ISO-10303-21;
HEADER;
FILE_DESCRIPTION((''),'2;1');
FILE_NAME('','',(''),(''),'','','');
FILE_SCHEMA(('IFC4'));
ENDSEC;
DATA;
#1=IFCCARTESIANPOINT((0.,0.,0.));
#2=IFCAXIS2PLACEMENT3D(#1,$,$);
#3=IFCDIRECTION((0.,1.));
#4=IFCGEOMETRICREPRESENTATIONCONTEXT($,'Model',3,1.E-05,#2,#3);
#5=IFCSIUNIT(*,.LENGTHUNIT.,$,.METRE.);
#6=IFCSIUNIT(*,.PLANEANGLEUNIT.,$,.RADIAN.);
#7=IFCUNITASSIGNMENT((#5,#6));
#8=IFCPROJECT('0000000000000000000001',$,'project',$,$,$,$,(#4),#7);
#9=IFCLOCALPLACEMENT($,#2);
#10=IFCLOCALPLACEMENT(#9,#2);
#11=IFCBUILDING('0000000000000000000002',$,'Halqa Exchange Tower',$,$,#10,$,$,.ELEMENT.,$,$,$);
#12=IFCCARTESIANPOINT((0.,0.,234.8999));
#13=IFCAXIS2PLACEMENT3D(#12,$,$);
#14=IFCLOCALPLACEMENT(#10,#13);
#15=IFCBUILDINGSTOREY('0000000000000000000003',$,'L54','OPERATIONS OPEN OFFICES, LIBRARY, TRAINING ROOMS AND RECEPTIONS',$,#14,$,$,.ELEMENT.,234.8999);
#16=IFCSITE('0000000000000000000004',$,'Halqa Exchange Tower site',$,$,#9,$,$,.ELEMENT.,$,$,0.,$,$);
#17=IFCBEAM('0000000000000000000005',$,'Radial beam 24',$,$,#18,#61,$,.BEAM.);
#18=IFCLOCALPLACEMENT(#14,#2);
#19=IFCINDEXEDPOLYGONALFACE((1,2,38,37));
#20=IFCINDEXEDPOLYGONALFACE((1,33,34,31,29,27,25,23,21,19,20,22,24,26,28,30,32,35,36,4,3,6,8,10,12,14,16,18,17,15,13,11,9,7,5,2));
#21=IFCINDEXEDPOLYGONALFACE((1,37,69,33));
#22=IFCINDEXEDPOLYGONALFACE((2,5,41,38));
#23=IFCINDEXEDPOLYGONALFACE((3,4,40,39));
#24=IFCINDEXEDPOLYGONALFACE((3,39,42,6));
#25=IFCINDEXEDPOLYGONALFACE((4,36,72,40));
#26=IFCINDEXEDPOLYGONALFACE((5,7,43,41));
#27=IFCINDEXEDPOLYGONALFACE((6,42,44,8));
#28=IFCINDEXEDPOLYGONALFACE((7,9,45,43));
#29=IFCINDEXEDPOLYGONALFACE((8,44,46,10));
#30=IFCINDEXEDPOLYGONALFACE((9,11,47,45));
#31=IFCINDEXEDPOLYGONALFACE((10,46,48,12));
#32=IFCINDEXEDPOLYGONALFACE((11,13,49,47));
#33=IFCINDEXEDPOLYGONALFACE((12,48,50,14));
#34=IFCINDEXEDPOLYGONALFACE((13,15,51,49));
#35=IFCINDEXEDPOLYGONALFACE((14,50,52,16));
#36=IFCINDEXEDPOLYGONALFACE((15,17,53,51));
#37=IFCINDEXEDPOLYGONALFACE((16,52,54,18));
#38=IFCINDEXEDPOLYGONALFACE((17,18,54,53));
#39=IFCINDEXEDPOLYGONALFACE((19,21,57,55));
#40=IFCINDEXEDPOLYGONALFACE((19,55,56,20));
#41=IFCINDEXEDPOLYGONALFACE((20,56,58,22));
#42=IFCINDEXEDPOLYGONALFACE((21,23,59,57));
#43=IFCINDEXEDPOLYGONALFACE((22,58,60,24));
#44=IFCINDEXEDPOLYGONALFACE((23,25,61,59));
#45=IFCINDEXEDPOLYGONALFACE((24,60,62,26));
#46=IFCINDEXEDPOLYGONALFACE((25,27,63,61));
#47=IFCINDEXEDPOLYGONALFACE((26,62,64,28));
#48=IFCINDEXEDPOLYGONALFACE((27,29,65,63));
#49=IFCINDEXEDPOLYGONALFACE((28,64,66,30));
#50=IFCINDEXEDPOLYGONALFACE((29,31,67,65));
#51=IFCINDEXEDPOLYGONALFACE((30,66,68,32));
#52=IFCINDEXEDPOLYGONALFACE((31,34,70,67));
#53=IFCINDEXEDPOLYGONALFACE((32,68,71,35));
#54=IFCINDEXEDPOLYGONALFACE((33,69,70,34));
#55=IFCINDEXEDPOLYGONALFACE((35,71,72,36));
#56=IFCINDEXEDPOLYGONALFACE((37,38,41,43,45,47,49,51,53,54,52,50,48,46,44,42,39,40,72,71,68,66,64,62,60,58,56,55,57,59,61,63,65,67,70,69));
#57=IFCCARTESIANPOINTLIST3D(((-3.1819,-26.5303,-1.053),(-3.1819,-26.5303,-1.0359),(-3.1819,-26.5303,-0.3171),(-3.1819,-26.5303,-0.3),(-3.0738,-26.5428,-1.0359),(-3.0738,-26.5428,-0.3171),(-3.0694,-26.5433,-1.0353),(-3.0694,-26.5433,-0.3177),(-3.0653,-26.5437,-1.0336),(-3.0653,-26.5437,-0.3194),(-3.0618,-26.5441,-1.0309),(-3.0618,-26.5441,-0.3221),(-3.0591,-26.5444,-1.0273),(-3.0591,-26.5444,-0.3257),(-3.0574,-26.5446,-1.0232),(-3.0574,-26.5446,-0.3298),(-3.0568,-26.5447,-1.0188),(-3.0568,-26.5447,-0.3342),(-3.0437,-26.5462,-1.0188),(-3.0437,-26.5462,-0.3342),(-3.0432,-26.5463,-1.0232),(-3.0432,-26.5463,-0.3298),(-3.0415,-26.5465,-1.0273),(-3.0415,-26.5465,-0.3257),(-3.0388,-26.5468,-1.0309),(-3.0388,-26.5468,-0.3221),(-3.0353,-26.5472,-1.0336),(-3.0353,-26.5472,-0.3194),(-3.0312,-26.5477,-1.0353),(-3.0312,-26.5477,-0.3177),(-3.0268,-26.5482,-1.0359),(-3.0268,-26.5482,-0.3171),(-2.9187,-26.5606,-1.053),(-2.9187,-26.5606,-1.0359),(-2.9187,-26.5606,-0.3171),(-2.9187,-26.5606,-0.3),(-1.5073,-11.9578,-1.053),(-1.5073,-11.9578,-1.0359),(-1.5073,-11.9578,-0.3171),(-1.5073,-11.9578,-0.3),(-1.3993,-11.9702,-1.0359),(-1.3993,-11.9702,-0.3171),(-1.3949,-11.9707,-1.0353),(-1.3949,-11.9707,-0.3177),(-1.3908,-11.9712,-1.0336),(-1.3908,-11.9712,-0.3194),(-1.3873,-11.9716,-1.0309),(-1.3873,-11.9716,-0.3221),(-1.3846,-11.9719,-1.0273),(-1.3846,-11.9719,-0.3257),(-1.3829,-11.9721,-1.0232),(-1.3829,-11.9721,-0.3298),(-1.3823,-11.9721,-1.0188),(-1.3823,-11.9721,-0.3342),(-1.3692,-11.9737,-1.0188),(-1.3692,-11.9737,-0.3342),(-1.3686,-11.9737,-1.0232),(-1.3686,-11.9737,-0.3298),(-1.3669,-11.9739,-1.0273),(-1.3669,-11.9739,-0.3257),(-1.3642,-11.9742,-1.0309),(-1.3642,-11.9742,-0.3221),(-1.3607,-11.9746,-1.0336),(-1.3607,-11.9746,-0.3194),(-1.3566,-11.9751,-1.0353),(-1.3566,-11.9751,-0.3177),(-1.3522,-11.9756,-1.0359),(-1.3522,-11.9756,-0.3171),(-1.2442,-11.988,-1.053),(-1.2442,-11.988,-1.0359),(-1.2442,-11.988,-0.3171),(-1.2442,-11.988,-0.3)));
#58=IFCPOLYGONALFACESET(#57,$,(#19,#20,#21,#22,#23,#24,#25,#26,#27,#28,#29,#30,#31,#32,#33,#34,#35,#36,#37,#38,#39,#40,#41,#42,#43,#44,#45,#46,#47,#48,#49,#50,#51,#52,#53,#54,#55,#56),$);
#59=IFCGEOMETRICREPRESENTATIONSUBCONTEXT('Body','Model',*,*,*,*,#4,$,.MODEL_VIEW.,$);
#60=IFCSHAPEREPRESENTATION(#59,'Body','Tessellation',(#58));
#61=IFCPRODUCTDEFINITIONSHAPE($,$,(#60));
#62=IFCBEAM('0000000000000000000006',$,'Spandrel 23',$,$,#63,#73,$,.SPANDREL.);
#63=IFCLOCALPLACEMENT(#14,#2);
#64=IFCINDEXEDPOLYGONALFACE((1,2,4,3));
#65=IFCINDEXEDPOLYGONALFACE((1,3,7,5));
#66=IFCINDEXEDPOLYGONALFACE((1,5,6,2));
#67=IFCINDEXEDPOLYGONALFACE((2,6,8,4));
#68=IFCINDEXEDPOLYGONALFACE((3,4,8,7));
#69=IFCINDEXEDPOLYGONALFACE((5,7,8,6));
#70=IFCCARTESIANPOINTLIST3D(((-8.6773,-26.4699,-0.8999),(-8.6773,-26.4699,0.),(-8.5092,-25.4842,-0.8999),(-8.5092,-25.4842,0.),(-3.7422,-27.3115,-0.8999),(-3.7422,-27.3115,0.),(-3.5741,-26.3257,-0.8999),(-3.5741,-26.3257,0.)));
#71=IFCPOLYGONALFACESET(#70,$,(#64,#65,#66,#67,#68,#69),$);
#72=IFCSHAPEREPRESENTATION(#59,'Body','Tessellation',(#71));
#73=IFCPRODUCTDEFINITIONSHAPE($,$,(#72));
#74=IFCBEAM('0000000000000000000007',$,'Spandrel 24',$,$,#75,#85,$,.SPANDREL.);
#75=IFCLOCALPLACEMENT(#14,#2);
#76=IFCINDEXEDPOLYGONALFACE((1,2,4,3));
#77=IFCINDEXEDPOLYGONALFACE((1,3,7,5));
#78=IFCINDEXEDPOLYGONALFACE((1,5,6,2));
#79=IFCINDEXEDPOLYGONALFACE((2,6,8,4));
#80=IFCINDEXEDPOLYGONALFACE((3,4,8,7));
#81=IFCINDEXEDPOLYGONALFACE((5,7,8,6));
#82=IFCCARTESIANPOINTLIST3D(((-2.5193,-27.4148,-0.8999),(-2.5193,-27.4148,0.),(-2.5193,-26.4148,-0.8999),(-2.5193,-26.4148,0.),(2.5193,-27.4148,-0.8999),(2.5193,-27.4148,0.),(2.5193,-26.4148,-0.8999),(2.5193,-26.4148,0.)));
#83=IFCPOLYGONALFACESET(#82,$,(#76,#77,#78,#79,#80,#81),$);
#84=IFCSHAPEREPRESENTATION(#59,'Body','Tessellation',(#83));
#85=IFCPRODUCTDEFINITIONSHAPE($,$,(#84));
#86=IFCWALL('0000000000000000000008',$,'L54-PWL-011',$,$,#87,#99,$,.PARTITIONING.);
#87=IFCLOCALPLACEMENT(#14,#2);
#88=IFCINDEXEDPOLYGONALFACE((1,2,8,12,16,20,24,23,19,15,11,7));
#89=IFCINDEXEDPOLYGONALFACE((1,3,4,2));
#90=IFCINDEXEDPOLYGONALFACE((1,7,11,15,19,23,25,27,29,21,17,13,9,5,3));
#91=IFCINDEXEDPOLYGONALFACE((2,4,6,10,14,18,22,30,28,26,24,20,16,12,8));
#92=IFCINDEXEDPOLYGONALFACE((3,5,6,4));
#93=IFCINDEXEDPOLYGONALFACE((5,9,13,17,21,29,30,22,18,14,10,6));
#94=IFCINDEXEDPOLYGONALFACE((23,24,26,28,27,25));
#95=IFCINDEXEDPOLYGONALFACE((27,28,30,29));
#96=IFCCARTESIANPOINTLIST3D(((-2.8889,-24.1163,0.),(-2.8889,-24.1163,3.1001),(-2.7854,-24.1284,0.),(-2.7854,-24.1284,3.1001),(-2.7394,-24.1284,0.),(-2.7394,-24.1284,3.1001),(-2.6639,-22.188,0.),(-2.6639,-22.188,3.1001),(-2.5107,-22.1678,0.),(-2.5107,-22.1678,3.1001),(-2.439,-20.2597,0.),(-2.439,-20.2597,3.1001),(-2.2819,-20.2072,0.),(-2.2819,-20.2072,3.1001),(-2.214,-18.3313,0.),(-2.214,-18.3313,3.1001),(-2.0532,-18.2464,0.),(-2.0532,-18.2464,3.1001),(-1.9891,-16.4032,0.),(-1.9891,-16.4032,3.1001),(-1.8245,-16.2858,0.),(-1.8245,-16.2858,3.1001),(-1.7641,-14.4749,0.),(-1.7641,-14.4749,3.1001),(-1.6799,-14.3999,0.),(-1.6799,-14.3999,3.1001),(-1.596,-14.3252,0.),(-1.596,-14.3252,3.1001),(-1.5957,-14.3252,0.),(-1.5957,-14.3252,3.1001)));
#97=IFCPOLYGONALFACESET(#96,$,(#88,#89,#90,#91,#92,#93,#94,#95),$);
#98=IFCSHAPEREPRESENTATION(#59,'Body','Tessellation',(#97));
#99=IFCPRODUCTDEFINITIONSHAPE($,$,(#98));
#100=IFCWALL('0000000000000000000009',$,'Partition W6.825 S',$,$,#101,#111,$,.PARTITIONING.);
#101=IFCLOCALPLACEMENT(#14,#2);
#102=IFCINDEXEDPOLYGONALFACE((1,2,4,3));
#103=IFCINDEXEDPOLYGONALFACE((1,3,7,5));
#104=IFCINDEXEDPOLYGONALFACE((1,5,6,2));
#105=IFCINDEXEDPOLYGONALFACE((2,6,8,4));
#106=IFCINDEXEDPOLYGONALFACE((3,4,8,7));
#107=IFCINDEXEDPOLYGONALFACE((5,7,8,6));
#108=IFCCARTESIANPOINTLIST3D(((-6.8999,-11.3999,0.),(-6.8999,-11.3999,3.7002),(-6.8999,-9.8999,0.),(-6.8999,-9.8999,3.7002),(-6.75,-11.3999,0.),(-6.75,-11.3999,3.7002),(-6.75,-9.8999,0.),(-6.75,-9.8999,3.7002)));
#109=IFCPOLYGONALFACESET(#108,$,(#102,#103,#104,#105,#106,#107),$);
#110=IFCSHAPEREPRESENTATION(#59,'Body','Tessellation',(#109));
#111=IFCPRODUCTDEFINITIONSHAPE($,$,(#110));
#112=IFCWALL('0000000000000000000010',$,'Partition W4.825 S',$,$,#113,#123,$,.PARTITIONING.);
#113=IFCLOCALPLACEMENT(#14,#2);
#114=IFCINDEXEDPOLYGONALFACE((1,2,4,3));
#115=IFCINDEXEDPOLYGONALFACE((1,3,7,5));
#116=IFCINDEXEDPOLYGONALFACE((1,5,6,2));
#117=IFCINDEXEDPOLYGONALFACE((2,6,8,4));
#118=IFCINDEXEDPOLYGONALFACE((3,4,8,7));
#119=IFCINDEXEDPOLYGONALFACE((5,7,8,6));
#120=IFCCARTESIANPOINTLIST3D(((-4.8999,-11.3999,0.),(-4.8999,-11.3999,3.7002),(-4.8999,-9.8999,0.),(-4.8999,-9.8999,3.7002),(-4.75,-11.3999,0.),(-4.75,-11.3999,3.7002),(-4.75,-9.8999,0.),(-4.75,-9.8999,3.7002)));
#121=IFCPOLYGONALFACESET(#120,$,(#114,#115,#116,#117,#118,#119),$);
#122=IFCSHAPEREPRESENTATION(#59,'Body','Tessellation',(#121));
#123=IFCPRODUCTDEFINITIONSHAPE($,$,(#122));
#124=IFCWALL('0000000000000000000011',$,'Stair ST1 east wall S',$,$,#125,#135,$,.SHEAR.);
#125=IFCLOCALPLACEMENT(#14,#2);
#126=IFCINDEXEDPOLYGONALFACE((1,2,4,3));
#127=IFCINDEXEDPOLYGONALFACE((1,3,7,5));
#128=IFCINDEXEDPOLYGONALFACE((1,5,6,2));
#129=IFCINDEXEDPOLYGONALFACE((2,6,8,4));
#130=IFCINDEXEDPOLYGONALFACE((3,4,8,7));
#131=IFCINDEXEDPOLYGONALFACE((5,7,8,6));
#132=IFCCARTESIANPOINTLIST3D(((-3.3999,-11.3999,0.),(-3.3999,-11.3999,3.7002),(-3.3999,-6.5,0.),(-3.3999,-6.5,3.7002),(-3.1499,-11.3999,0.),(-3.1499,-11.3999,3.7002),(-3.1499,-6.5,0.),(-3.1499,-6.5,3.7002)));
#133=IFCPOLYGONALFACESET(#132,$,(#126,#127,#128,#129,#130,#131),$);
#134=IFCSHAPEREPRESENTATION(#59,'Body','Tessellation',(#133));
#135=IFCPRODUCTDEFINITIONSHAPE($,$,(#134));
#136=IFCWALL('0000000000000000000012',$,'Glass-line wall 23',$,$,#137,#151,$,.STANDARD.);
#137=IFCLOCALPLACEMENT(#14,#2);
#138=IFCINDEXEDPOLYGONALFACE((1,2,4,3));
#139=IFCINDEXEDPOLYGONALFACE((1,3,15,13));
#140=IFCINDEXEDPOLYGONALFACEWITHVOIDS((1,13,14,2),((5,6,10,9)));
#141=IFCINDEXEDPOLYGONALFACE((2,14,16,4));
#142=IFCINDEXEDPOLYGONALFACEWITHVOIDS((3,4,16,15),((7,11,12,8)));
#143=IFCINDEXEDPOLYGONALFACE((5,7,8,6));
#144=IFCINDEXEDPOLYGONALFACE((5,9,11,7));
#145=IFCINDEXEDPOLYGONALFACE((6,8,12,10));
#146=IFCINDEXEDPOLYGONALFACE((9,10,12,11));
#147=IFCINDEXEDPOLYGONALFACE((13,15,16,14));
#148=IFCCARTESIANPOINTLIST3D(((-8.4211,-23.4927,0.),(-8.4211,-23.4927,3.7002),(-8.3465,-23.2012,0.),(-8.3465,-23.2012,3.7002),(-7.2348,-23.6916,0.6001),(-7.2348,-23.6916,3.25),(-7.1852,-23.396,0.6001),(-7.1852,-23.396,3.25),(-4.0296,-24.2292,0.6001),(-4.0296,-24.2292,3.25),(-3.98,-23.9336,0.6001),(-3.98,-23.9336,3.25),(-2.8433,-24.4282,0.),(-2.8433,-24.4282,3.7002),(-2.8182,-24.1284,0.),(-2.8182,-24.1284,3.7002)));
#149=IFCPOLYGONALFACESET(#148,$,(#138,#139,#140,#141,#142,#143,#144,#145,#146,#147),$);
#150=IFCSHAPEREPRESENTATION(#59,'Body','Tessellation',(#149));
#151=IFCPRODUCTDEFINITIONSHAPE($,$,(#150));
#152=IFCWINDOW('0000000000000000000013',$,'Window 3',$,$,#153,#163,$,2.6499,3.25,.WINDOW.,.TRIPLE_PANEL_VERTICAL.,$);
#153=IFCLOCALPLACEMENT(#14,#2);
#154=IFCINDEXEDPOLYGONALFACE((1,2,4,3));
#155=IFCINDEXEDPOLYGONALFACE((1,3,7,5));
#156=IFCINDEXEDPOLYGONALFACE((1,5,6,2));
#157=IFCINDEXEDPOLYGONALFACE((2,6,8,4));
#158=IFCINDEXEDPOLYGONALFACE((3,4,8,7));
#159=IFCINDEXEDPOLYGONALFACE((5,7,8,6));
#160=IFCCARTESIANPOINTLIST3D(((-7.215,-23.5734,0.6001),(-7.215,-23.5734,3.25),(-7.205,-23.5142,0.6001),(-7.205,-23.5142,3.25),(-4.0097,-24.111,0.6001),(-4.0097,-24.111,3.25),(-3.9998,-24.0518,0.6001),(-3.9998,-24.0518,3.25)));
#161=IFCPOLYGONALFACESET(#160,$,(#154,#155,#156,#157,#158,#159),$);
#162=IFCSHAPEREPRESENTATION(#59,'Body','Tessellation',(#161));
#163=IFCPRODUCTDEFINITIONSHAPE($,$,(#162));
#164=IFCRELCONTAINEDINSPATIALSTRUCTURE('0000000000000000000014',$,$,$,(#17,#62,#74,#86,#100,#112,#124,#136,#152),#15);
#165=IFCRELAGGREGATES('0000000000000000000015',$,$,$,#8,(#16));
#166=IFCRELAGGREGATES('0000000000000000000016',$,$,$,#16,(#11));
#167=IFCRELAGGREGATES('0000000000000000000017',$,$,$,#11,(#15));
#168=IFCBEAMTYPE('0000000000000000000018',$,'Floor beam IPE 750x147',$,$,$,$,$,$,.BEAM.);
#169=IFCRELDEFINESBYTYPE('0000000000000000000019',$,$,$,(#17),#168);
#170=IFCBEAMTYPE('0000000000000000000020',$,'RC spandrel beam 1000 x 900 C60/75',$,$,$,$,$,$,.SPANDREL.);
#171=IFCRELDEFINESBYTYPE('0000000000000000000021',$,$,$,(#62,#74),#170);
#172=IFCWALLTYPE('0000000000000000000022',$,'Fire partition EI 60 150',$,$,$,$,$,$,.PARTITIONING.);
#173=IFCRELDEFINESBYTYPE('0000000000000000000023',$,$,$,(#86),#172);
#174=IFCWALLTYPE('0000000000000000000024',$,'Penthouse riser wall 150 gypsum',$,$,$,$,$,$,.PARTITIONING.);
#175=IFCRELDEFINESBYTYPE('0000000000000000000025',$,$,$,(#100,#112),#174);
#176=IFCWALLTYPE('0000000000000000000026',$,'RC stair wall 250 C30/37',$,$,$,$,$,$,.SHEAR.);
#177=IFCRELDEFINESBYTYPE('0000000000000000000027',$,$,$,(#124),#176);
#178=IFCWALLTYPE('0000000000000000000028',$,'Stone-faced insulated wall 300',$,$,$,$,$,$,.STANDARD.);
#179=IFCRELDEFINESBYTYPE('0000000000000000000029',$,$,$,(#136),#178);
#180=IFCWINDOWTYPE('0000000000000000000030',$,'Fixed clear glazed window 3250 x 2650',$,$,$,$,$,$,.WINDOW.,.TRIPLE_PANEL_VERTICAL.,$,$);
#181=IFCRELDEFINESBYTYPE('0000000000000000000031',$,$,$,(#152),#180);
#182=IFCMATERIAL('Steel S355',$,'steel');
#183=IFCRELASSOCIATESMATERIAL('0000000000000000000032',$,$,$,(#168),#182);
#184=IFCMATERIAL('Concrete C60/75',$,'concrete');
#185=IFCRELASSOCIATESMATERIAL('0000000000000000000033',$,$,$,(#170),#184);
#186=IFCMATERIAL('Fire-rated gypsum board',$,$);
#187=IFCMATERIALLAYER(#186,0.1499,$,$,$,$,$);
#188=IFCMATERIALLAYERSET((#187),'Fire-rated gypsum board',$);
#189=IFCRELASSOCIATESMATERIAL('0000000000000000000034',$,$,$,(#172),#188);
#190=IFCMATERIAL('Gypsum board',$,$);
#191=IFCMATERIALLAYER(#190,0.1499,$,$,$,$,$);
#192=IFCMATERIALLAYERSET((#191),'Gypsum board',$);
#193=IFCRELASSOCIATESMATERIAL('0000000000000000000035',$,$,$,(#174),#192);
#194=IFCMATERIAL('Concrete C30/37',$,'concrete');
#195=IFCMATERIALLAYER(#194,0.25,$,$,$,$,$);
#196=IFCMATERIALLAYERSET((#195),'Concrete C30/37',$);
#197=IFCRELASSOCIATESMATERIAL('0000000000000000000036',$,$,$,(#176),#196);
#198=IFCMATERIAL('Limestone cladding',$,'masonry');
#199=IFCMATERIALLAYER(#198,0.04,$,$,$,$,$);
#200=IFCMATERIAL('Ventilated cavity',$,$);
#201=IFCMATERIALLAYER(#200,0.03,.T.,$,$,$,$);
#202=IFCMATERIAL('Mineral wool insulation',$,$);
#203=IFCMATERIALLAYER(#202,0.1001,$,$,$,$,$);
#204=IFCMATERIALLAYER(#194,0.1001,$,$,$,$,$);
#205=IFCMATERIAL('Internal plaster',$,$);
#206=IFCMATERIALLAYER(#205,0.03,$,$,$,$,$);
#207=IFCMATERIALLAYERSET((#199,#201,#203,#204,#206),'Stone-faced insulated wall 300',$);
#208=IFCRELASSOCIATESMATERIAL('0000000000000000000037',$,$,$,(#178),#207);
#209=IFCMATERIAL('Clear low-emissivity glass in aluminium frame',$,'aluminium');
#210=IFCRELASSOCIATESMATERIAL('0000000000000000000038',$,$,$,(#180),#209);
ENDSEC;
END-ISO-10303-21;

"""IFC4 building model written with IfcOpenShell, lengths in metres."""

from ifc_helpers import new_model, si_unit, direction, frame, frame_2d, origin, origin_2d, place, context, subcontext, project, spatial, polyline, rectangle, i_section, outline, extrude, material, layer, layer_set, material_profile, profile_set, type_object, element, fill, save


model = new_model("IFC4")

# Units and contexts
model_context = context("Model", 3, precision=1e-05, world=origin(), true_north=direction((0.0, 1.0)))
body_context = subcontext(model_context, "Body", "Model", "MODEL_VIEW")
ifc_project = project(units=[si_unit("LENGTHUNIT", "METRE"), si_unit("PLANEANGLEUNIT", "RADIAN")], contexts=[model_context])

# Site, building, storey
site_placement = place(None, origin())
site = spatial("IfcSite", under=ifc_project, at=site_placement, Name="Halqa Exchange Tower site", CompositionType="ELEMENT", RefElevation=0.0)
building_placement = place(site_placement, origin())
building = spatial("IfcBuilding", under=site, at=building_placement, Name="Halqa Exchange Tower", CompositionType="ELEMENT")
storey_placement = place(building_placement, frame((0.0, 0.0, 234.8999)))
storey = spatial("IfcBuildingStorey", under=building, at=storey_placement, Name="L54", Description="OPERATIONS OPEN OFFICES, LIBRARY, TRAINING ROOMS AND RECEPTIONS", CompositionType="ELEMENT", Elevation=234.8999)

# Shared definitions
ifc_material_1 = material(Name="Concrete C60/75", Category="concrete")

# Beams
ifc_material_2 = material(Name="Steel S355", Category="steel")
ifc_material_profile_1 = material_profile(ifc_material_2, i_section(OverallWidth=0.2649, OverallDepth=0.7529, WebThickness=0.0132, FlangeThickness=0.0171, FilletRadius=0.0171, at=origin_2d()), Name="IPE 750x147")
ifc_profile_set_1 = profile_set([ifc_material_profile_1], Name="Steel S355")
beam_type_1 = type_object("IfcBeamType", Name="Floor beam IPE 750x147", PredefinedType="BEAM", material=ifc_profile_set_1)
beam_1_placement = place(storey_placement, frame((-1.3757, -11.9729, -0.6765), z_axis=(-0.114161, -0.993462, 0.0), x_axis=(0.993462, -0.114161, 0.0)))
element("IfcBeam", 1, at=beam_1_placement, inside=storey, type_object=beam_type_1, Name="Radial beam 24", PredefinedType="BEAM", context=body_context, shape_type="SweptSolid", body=[
    extrude(i_section(OverallWidth=0.2649, OverallDepth=0.7529, WebThickness=0.0132, FlangeThickness=0.0171, FilletRadius=0.0171, at=origin_2d()), origin(), (0.0, 0.0, 1.0), 14.6685),
])
ifc_material_profile_2 = material_profile(ifc_material_1, rectangle(XDim=1.0, YDim=0.8999, at=origin_2d()), Name="1000 x 900")
ifc_profile_set_2 = profile_set([ifc_material_profile_2], Name="Concrete C60/75")
beam_type_2 = type_object("IfcBeamType", Name="RC spandrel beam 1000 x 900 C60/75", PredefinedType="SPANDREL", material=ifc_profile_set_2)
beam_2_placement = place(storey_placement, frame((-8.5933, -25.9771, -0.45), z_axis=(0.98577, -0.168099, 0.0), x_axis=(0.168099, 0.98577, 0.0)))
element("IfcBeam", 2, at=beam_2_placement, inside=storey, type_object=beam_type_2, Name="Spandrel 23", PredefinedType="SPANDREL", context=body_context, shape_type="SweptSolid", body=[
    extrude(rectangle(XDim=1.0, YDim=0.8999, at=origin_2d()), origin(), (0.0, 0.0, 1.0), 5.0063),
])
beam_3_placement = place(storey_placement, frame((-2.5193, -26.9148, -0.45), z_axis=(1.0, 0.0, 0.0), x_axis=(0.0, 1.0, 0.0)))
element("IfcBeam", 3, at=beam_3_placement, inside=storey, type_object=beam_type_2, Name="Spandrel 24", PredefinedType="SPANDREL", context=body_context, shape_type="SweptSolid", body=[
    extrude(rectangle(XDim=1.0, YDim=0.8999, at=origin_2d()), origin(), (0.0, 0.0, 1.0), 5.0386),
])

# Wall
ifc_material_3 = material(Name="Fire-rated gypsum board")
ifc_layer_1 = layer(ifc_material_3, 0.1499)
ifc_layer_set_1 = layer_set([ifc_layer_1], Name="Fire-rated gypsum board")
wall_type_1 = type_object("IfcWallType", Name="Fire partition EI 60 150", PredefinedType="PARTITIONING", material=ifc_layer_set_1)
wall_1_placement = place(storey_placement, frame((-2.8145, -24.125, 0.0), z_axis=(0.0, 0.0, 1.0), x_axis=(0.115876, 0.993264, 0.0)))
element("IfcWall", 4, at=wall_1_placement, inside=storey, type_object=wall_type_1, Name="L54-PWL-011", PredefinedType="PARTITIONING", context=body_context, shape_type="SweptSolid", body=[
    extrude(outline(polyline([(9.875, -0.075), (9.875, -0.0747), (9.791, 0.0), (9.7068, 0.075), (7.7654, 0.075), (5.8242, 0.075), (3.8828, 0.075), (1.9414, 0.075), (0.0, 0.075), (0.0, -0.0293), (0.0054, -0.075), (1.9792, -0.075), (3.9531, -0.075), (5.9272, -0.075), (7.9011, -0.075), (9.875, -0.075)])), origin(), (0.0, 0.0, 1.0), 3.1001),
])

# Walls
ifc_material_4 = material(Name="Gypsum board")
ifc_layer_2 = layer(ifc_material_4, 0.1499)
ifc_layer_set_2 = layer_set([ifc_layer_2], Name="Gypsum board")
wall_type_2 = type_object("IfcWallType", Name="Penthouse riser wall 150 gypsum", PredefinedType="PARTITIONING", material=ifc_layer_set_2)
for number, where, z_axis, x_axis, name in (
    (5, (-6.825, -11.3999, 0.0), (0.0, 0.0, 1.0), (0.0, 1.0, 0.0), "Partition W6.825 S"),
    (6, (-4.825, -11.3999, 0.0), (0.0, 0.0, 1.0), (0.0, 1.0, 0.0), "Partition W4.825 S"),
):
    element("IfcWall", number, at=place(storey_placement, frame(where, z_axis=z_axis, x_axis=x_axis)), inside=storey, type_object=wall_type_2, Name=name, PredefinedType="PARTITIONING", context=body_context, shape_type="SweptSolid", body=[
        extrude(rectangle(XDim=1.5, YDim=0.1499, at=frame_2d((0.75, 0.0))), origin(), (0.0, 0.0, 1.0), 3.7002),
    ])
ifc_material_5 = material(Name="Concrete C30/37", Category="concrete")
ifc_layer_3 = layer(ifc_material_5, 0.25)
ifc_layer_set_3 = layer_set([ifc_layer_3], Name="Concrete C30/37")
wall_type_3 = type_object("IfcWallType", Name="RC stair wall 250 C30/37", PredefinedType="SHEAR", material=ifc_layer_set_3)
wall_2_placement = place(storey_placement, frame((-3.2749, -11.3999, 0.0), z_axis=(0.0, 0.0, 1.0), x_axis=(0.0, 1.0, 0.0)))
element("IfcWall", 7, at=wall_2_placement, inside=storey, type_object=wall_type_3, Name="Stair ST1 east wall S", PredefinedType="SHEAR", context=body_context, shape_type="SweptSolid", body=[
    extrude(rectangle(XDim=4.8999, YDim=0.25, at=frame_2d((2.45, 0.0))), origin(), (0.0, 0.0, 1.0), 3.7002),
])

# Wall, opening, window
ifc_material_6 = material(Name="Limestone cladding", Category="masonry")
ifc_layer_4 = layer(ifc_material_6, 0.04)
ifc_material_7 = material(Name="Ventilated cavity")
ifc_layer_5 = layer(ifc_material_7, 0.03, ventilated=True)
ifc_material_8 = material(Name="Mineral wool insulation")
ifc_layer_6 = layer(ifc_material_8, 0.1001)
ifc_layer_7 = layer(ifc_material_5, 0.1001)
ifc_material_9 = material(Name="Internal plaster")
ifc_layer_8 = layer(ifc_material_9, 0.03)
ifc_layer_set_4 = layer_set([ifc_layer_4, ifc_layer_5, ifc_layer_6, ifc_layer_7, ifc_layer_8], Name="Stone-faced insulated wall 300")
wall_type_4 = type_object("IfcWallType", Name="Stone-faced insulated wall 300", PredefinedType="STANDARD", material=ifc_layer_set_4)
wall_3_placement = place(storey_placement, frame((-8.3838, -23.3469, 0.0), z_axis=(0.0, 0.0, 1.0), x_axis=(0.986223, -0.165418, 0.0)))
wall_3 = element("IfcWall", 8, at=wall_3_placement, inside=storey, type_object=wall_type_4, Name="Glass-line wall 23", PredefinedType="STANDARD", context=body_context, shape_type="SweptSolid", body=[
    extrude(outline(polyline([(-0.0127, -0.1499), (5.6431, -0.1499), (5.6182, 0.1499), (0.0127, 0.1499), (-0.0127, -0.1499)])), origin(), (0.0, 0.0, 1.0), 3.7002),
])
opening_1_placement = place(wall_3_placement, frame((1.1902, 0.0, 0.6001)))
opening_1 = element("IfcOpeningElement", 9, at=opening_1_placement, cuts=wall_3, PredefinedType="OPENING", context=body_context, shape_type="SweptSolid", body=[
    extrude(rectangle(XDim=3.25, YDim=2.6499, at=frame_2d((1.625, 1.325))), frame((0.0, 0.1621, 0.0), z_axis=(0.0, -1.0, 0.0), x_axis=(1.0, 0.0, 0.0)), (0.0, 0.0, 1.0), 0.324),
])
ifc_material_10 = material(Name="Clear low-emissivity glass in aluminium frame", Category="aluminium")
window_type = type_object("IfcWindowType", Name="Fixed clear glazed window 3250 x 2650", PartitioningType="TRIPLE_PANEL_VERTICAL", PredefinedType="WINDOW", material=ifc_material_10)
window_placement = place(opening_1_placement, origin())
window = element("IfcWindow", 10, at=window_placement, inside=storey, type_object=window_type, Name="Window 3", OverallHeight=2.6499, OverallWidth=3.25, PartitioningType="TRIPLE_PANEL_VERTICAL", PredefinedType="WINDOW", context=body_context, shape_type="SweptSolid", body=[
    extrude(rectangle(XDim=3.25, YDim=2.6499, at=frame_2d((1.625, 1.325))), frame((0.0, 0.03, 0.0), z_axis=(0.0, -1.0, 0.0), x_axis=(1.0, 0.0, 0.0)), (0.0, 0.0, 1.0), 0.0601),
])
fill(opening_1, window)

save(model, "model.ifc")
